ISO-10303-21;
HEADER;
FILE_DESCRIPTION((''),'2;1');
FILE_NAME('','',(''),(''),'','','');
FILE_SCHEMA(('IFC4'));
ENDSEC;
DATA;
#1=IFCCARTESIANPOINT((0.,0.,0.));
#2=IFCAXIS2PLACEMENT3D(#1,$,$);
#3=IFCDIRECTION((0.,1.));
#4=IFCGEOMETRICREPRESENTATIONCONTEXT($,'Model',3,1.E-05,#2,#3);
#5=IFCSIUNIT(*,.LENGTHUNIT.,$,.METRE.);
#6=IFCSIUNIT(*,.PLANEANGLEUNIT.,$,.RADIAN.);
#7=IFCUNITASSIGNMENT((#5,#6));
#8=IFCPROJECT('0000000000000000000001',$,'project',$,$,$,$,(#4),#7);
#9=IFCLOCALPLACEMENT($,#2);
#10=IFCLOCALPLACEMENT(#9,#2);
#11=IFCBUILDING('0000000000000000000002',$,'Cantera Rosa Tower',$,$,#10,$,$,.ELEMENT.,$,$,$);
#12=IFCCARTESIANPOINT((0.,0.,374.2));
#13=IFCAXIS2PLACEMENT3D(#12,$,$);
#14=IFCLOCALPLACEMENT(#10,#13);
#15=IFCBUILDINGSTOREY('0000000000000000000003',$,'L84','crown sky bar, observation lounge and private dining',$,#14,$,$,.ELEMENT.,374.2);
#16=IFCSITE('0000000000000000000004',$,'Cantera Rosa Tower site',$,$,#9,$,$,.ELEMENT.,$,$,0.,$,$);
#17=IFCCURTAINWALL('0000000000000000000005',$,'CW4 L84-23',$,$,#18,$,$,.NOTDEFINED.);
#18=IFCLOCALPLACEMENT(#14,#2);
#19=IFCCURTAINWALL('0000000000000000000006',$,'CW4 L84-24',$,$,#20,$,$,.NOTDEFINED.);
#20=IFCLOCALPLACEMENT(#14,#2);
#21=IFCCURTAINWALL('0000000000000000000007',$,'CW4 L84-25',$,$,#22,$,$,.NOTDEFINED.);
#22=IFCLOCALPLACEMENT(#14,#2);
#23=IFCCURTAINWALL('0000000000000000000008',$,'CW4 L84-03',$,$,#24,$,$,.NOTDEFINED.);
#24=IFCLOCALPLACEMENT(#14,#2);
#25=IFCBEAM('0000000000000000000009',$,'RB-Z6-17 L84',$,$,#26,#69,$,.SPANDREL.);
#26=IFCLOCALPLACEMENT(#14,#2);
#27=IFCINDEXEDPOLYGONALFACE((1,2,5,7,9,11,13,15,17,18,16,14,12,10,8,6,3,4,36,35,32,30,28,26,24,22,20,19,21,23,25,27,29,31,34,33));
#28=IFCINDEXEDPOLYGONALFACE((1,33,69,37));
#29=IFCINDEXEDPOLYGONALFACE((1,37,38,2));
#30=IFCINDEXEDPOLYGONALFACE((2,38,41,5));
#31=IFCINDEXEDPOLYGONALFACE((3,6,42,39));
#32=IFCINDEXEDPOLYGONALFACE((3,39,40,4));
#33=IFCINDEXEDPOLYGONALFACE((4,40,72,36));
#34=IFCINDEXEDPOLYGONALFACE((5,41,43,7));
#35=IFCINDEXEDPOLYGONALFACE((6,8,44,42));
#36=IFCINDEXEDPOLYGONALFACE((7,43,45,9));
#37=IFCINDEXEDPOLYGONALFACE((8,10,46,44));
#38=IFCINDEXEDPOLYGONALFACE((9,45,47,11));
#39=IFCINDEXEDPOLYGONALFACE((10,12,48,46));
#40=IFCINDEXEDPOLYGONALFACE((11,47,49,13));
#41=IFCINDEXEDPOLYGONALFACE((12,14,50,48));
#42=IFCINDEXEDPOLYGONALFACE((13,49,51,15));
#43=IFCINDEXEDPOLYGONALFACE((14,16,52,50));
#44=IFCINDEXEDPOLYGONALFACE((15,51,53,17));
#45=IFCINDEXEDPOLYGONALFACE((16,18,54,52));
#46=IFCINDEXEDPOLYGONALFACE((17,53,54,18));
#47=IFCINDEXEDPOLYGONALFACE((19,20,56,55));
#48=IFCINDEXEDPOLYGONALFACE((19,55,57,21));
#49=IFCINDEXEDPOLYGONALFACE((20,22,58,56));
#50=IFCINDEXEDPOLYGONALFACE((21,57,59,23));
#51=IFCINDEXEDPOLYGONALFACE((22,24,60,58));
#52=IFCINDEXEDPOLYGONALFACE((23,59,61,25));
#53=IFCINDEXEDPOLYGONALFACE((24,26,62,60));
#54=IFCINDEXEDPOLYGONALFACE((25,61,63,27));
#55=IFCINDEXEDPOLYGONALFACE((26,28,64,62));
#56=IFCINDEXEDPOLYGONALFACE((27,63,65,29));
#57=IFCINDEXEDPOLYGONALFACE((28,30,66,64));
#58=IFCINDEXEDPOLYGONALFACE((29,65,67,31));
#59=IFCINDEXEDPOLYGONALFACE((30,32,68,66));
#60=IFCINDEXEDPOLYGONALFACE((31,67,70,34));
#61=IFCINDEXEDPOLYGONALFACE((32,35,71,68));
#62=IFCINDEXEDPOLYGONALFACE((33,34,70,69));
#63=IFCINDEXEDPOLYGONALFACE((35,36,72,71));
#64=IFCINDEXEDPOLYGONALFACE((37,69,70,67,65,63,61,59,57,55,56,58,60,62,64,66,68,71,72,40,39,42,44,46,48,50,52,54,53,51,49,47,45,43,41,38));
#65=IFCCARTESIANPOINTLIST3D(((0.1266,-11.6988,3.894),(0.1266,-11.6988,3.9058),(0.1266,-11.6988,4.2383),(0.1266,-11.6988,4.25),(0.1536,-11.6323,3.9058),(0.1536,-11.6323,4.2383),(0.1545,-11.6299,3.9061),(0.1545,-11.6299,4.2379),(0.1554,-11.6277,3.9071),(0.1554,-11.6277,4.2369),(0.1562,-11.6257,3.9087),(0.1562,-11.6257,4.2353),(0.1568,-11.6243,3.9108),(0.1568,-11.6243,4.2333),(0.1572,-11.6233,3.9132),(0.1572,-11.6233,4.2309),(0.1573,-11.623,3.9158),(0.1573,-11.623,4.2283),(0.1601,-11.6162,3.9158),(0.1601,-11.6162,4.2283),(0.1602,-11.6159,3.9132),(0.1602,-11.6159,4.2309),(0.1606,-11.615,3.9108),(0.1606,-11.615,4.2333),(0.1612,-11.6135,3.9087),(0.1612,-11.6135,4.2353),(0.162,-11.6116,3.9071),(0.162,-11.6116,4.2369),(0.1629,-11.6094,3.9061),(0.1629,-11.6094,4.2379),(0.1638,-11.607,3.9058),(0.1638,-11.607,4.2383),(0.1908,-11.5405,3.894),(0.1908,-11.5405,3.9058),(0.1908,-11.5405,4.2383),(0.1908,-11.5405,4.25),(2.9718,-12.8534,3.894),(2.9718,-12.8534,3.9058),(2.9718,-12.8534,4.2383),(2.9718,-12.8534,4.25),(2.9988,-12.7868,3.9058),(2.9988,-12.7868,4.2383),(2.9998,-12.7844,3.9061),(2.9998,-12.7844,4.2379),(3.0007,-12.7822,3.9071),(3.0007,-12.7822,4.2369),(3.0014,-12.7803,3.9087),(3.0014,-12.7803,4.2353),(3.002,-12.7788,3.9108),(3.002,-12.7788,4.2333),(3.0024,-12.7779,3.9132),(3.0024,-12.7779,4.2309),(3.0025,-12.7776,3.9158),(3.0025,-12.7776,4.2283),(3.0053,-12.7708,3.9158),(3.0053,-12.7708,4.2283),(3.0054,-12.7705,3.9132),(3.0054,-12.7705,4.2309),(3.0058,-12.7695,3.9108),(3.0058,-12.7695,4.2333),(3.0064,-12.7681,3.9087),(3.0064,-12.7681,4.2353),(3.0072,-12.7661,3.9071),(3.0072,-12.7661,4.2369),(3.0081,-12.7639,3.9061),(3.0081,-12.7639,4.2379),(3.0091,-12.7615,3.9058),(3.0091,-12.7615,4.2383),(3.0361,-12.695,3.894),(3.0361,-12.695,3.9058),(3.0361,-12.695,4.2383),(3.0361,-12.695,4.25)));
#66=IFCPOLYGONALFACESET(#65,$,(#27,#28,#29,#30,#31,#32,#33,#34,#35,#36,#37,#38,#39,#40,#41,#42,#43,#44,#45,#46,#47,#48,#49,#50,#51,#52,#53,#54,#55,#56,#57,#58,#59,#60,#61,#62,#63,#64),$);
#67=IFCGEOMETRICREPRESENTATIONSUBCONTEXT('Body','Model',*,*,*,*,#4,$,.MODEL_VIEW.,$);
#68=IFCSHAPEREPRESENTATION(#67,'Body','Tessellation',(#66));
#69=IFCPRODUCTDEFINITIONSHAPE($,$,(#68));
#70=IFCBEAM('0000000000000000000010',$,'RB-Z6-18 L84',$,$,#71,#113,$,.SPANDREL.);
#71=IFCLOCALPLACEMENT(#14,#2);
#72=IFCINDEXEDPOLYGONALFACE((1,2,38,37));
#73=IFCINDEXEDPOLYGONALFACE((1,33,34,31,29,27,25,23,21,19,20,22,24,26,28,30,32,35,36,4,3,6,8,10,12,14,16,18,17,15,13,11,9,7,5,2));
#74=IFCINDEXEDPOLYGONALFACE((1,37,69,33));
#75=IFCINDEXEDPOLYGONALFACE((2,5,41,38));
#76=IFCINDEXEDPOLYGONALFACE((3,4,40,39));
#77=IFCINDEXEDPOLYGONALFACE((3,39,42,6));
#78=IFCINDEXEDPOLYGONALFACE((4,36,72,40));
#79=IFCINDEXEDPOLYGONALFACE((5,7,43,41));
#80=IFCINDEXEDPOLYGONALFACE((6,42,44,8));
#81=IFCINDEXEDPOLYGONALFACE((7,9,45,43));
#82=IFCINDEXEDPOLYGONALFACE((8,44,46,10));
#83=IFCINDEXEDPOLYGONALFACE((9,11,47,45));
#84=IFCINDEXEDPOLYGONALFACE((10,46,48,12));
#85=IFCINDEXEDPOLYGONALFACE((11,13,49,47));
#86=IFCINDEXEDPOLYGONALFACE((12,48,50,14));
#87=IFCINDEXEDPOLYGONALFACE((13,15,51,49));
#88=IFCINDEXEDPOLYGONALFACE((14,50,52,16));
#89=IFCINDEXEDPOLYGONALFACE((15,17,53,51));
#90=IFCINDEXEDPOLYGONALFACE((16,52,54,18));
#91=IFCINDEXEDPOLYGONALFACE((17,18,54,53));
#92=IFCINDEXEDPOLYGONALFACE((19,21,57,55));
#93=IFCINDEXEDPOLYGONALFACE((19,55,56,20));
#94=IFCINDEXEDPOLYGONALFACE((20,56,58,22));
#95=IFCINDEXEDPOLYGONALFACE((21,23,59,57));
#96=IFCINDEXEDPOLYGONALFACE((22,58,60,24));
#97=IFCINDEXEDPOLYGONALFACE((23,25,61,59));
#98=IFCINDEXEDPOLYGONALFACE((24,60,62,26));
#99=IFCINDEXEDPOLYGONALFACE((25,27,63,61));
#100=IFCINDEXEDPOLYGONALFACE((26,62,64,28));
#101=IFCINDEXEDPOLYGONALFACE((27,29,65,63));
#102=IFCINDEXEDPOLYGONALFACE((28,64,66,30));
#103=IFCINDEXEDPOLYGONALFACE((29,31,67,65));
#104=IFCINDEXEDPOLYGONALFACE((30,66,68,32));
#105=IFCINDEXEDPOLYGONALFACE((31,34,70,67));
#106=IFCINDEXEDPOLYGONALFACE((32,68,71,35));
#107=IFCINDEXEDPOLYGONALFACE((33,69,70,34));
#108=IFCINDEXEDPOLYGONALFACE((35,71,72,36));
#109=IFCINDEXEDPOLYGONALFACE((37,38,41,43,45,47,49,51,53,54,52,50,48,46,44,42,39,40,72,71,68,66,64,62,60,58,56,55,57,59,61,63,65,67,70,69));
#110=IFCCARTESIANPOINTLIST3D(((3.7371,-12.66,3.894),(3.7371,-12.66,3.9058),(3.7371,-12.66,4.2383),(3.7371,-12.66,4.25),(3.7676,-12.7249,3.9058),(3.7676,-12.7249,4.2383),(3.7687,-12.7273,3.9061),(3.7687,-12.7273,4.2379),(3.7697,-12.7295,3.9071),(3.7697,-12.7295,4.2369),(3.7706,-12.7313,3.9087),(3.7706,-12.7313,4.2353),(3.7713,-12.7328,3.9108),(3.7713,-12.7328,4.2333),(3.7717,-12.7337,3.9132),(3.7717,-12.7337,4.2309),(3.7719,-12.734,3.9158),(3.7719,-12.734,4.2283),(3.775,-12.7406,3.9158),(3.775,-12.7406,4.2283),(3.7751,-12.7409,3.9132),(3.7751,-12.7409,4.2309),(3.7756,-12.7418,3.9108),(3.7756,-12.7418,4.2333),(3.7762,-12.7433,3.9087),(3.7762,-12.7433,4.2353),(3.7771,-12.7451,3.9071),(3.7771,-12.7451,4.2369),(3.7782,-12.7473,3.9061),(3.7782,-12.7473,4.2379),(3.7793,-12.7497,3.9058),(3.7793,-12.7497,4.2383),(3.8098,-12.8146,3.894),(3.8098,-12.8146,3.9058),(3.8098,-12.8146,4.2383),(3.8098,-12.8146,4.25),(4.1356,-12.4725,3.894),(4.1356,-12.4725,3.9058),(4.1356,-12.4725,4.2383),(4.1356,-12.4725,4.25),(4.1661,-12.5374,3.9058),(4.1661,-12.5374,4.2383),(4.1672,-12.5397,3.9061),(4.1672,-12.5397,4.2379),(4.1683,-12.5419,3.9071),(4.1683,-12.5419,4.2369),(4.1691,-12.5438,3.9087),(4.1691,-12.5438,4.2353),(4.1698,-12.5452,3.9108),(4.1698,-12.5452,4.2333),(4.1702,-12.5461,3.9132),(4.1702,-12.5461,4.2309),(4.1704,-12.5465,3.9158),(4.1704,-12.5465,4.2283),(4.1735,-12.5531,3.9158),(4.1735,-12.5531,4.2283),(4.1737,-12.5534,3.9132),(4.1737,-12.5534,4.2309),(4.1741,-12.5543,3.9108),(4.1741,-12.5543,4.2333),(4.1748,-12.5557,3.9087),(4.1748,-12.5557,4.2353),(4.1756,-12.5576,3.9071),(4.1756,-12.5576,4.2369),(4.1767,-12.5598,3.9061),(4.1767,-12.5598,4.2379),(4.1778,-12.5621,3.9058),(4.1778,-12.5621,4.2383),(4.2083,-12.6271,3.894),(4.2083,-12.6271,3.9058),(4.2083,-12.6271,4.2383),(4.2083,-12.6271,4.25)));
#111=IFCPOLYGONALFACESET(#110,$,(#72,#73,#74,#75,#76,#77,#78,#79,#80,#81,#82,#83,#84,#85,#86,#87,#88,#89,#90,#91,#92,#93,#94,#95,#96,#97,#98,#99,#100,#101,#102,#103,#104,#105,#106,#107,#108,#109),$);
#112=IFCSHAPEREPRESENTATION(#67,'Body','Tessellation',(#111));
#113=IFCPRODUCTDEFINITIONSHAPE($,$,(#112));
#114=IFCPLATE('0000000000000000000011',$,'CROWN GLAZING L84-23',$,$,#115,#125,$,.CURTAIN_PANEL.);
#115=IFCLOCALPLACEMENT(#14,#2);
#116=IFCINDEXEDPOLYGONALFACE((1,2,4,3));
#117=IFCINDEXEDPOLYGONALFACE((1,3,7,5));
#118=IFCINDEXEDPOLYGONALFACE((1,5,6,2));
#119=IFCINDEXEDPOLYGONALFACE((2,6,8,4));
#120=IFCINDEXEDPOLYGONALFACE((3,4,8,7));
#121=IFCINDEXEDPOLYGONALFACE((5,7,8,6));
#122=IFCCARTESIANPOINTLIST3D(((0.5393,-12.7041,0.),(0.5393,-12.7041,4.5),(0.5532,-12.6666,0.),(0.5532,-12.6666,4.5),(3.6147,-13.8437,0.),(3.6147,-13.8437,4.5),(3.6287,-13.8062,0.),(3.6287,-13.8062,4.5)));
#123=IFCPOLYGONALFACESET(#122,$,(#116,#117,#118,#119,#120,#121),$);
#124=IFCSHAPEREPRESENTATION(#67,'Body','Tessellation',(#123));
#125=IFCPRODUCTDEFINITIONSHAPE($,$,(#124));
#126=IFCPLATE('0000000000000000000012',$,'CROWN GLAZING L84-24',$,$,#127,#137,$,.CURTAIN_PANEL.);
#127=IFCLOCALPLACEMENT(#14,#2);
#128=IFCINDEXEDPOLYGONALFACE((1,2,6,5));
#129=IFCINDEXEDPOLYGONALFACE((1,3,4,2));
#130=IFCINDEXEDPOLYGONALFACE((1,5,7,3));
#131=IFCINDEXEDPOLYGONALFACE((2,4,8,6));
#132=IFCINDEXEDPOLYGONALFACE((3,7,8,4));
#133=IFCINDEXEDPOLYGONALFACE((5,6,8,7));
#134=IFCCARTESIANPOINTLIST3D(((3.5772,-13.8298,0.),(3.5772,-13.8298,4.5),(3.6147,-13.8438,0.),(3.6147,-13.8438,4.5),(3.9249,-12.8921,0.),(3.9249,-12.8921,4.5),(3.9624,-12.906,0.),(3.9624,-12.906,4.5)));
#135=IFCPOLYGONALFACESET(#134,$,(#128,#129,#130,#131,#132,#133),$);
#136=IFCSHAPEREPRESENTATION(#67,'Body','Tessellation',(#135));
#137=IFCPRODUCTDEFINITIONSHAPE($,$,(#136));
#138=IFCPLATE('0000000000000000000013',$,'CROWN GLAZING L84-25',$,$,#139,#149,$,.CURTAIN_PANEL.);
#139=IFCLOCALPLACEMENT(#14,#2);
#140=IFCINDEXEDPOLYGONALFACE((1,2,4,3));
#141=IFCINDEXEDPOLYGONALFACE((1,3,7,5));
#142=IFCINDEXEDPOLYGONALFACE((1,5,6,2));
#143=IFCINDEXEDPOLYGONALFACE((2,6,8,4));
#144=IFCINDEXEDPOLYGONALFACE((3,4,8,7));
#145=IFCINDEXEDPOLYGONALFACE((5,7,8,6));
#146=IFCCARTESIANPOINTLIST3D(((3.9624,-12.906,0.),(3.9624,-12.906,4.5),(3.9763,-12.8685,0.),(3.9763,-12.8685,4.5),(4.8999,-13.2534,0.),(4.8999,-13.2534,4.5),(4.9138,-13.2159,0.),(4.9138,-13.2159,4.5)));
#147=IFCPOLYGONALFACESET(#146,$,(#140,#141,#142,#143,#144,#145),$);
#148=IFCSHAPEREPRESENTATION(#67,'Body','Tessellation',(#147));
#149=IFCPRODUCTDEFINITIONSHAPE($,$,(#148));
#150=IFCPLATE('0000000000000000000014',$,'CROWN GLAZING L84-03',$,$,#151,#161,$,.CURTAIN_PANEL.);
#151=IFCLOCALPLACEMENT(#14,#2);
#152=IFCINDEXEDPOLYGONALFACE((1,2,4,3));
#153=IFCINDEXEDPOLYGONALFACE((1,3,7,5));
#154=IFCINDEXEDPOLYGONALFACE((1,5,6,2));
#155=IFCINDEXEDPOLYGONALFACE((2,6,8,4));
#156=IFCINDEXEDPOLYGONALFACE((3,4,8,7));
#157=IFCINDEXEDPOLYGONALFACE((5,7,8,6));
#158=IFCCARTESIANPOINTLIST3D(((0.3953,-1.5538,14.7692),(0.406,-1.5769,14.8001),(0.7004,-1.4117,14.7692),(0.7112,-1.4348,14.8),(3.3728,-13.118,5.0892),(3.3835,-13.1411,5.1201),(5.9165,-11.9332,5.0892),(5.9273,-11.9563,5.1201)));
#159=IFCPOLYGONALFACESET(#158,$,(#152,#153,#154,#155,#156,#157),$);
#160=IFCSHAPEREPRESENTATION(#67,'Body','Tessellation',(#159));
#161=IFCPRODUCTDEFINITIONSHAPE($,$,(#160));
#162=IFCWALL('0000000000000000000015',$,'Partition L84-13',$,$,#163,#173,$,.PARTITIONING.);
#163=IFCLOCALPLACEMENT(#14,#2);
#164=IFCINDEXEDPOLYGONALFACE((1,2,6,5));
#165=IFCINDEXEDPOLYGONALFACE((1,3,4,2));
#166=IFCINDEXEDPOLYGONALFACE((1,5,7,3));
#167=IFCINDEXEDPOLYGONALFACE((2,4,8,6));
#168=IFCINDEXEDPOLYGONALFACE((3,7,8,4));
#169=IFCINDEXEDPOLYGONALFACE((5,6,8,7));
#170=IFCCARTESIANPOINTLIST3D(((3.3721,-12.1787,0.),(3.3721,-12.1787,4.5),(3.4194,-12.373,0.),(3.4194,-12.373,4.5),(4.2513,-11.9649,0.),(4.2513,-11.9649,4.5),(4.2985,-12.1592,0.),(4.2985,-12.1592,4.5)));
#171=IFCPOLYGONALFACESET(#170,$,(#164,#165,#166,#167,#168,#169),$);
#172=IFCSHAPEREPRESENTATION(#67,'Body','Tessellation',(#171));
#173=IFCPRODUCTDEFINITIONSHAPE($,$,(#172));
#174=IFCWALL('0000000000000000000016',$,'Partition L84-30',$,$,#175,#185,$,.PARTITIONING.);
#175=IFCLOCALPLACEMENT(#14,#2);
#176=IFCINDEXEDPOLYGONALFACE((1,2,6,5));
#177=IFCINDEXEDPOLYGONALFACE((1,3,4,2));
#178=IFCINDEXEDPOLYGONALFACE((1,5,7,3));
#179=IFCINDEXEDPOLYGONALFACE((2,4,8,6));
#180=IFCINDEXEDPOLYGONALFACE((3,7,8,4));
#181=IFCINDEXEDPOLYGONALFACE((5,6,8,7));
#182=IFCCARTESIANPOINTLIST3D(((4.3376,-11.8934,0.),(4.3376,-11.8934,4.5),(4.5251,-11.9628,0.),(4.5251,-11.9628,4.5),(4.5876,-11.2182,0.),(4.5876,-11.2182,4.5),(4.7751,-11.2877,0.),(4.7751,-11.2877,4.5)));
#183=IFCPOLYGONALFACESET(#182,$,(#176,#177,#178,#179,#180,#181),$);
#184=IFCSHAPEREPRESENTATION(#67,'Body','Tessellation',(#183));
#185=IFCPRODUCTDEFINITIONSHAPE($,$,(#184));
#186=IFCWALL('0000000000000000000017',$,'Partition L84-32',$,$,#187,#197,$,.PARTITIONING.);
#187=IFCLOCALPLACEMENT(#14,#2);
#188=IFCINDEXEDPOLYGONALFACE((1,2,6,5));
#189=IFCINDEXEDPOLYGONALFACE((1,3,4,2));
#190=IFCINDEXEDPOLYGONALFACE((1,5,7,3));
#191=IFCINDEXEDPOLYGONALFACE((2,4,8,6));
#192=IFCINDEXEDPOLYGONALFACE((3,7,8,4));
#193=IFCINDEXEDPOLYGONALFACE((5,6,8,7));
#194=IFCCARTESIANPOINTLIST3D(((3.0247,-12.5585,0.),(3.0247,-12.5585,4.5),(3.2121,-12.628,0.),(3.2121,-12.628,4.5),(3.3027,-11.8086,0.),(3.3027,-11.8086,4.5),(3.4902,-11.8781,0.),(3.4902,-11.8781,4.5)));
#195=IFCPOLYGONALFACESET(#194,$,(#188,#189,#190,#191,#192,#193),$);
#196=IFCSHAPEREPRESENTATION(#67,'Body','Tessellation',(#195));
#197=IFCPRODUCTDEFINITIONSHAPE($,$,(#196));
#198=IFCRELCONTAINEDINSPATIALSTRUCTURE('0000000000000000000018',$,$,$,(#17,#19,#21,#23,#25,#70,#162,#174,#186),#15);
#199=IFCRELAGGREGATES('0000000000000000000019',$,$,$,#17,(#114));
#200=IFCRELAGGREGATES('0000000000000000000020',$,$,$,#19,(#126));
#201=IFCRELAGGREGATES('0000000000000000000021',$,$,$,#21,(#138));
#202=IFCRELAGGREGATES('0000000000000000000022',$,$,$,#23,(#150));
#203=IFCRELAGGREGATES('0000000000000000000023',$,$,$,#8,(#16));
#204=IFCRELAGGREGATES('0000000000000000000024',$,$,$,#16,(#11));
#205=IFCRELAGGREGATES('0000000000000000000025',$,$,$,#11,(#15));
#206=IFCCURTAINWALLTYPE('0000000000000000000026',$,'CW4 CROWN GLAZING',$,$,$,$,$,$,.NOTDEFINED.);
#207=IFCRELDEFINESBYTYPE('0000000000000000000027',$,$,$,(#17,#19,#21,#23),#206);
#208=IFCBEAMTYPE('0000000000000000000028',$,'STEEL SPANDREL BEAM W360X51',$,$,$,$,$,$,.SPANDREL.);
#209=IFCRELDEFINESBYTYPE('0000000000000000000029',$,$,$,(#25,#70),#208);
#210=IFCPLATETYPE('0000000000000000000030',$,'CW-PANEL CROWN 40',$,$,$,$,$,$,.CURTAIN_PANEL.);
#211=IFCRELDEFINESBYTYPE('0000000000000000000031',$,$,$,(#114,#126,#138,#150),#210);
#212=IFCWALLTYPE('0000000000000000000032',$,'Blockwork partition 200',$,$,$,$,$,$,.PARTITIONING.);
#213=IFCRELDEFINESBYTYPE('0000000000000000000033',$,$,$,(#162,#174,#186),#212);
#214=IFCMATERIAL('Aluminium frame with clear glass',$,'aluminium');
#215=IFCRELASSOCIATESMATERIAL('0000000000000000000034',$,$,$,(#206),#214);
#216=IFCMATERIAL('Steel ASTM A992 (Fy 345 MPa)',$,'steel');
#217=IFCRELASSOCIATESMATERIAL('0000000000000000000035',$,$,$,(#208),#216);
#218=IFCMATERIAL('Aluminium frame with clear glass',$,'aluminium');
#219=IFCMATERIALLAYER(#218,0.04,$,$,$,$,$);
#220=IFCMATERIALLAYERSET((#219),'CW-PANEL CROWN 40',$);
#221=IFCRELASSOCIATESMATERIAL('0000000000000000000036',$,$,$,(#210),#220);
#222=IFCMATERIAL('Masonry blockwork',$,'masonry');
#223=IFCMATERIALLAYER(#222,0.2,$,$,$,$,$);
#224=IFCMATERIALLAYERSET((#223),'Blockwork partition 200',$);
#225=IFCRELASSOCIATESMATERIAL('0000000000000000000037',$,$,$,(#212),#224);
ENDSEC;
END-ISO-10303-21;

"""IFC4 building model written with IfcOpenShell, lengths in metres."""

from ifc_helpers import new_model, si_unit, direction, frame, frame_2d, origin, origin_2d, place, context, subcontext, project, spatial, polyline, rectangle, i_section, outline, extrude, material, layer, layer_set, material_profile, profile_set, type_object, element, aggregate, save


model = new_model("IFC4")

# Units and contexts
model_context = context("Model", 3, precision=1e-05, world=origin(), true_north=direction((0.0, 1.0)))
body_context = subcontext(model_context, "Body", "Model", "MODEL_VIEW")
ifc_project = project(units=[si_unit("LENGTHUNIT", "METRE"), si_unit("PLANEANGLEUNIT", "RADIAN")], contexts=[model_context])

# Site, building, storey
site_placement = place(None, origin())
site = spatial("IfcSite", under=ifc_project, at=site_placement, Name="Cantera Rosa Tower site", CompositionType="ELEMENT", RefElevation=0.0)
building_placement = place(site_placement, origin())
building = spatial("IfcBuilding", under=site, at=building_placement, Name="Cantera Rosa Tower", CompositionType="ELEMENT")
storey_placement = place(building_placement, frame((0.0, 0.0, 374.2)))
storey = spatial("IfcBuildingStorey", under=building, at=storey_placement, Name="L84", Description="crown sky bar, observation lounge and private dining", CompositionType="ELEMENT", Elevation=374.2)

# Curtain walls
ifc_material_1 = material(Name="Aluminium frame with clear glass", Category="aluminium")
curtain_wall_type = type_object("IfcCurtainWallType", Name="CW4 CROWN GLAZING", PredefinedType="NOTDEFINED", material=ifc_material_1)
curtain_wall_1_placement = place(storey_placement, origin())
curtain_wall_1 = element("IfcCurtainWall", 1, at=curtain_wall_1_placement, inside=storey, type_object=curtain_wall_type, Name="CW4 L84-23", PredefinedType="NOTDEFINED")
curtain_wall_2_placement = place(storey_placement, origin())
curtain_wall_2 = element("IfcCurtainWall", 2, at=curtain_wall_2_placement, inside=storey, type_object=curtain_wall_type, Name="CW4 L84-24", PredefinedType="NOTDEFINED")
curtain_wall_3_placement = place(storey_placement, origin())
curtain_wall_3 = element("IfcCurtainWall", 3, at=curtain_wall_3_placement, inside=storey, type_object=curtain_wall_type, Name="CW4 L84-25", PredefinedType="NOTDEFINED")

# Curtain wall
curtain_wall_4_placement = place(storey_placement, origin())
curtain_wall_4 = element("IfcCurtainWall", 4, at=curtain_wall_4_placement, inside=storey, type_object=curtain_wall_type, Name="CW4 L84-03", PredefinedType="NOTDEFINED")

# Beams
ifc_material_2 = material(Name="Steel ASTM A992 (Fy 345 MPa)", Category="steel")
ifc_material_profile_1 = material_profile(ifc_material_2, i_section(OverallWidth=0.1709, OverallDepth=0.356, WebThickness=0.0073, FlangeThickness=0.0117, FilletRadius=0.01, at=origin_2d()), Name="W360X51")
ifc_profile_set_1 = profile_set([ifc_material_profile_1], Name="Steel ASTM A992 (Fy 345 MPa)")
beam_type_1 = type_object("IfcBeamType", Name="STEEL SPANDREL BEAM W360X51", PredefinedType="SPANDREL", material=ifc_profile_set_1)
beam_1_placement = place(storey_placement, frame((0.1587, -11.6196, 4.072), z_axis=(0.926617, -0.376006, 0.0), x_axis=(0.376006, 0.926617, 0.0)))
element("IfcBeam", 5, at=beam_1_placement, inside=storey, type_object=beam_type_1, Name="RB-Z6-17 L84", PredefinedType="SPANDREL", context=body_context, shape_type="SweptSolid", body=[
    extrude(i_section(OverallWidth=0.1709, OverallDepth=0.356, WebThickness=0.0073, FlangeThickness=0.0117, FilletRadius=0.01, at=origin_2d()), origin(), (0.0, 0.0, 1.0), 3.0706),
])
beam_2_placement = place(storey_placement, frame((3.7734, -12.7373, 4.072), z_axis=(0.904819, 0.425797, 0.0), x_axis=(-0.425797, 0.904819, 0.0)))
element("IfcBeam", 6, at=beam_2_placement, inside=storey, type_object=beam_type_1, Name="RB-Z6-18 L84", PredefinedType="SPANDREL", context=body_context, shape_type="SweptSolid", body=[
    extrude(i_section(OverallWidth=0.1709, OverallDepth=0.356, WebThickness=0.0073, FlangeThickness=0.0117, FilletRadius=0.01, at=origin_2d()), origin(), (0.0, 0.0, 1.0), 0.4404),
])

# Plates
ifc_material_3 = material(Name="Aluminium frame with clear glass", Category="aluminium")
ifc_layer_1 = layer(ifc_material_3, 0.04)
ifc_layer_set_1 = layer_set([ifc_layer_1], Name="CW-PANEL CROWN 40")
plate_type = type_object("IfcPlateType", Name="CW-PANEL CROWN 40", PredefinedType="CURTAIN_PANEL", material=ifc_layer_set_1)
plate_1_placement = place(storey_placement, frame((0.5393, -12.7041, 0.0), z_axis=(-0.347474, -0.937689, 0.0), x_axis=(0.937689, -0.347474, 0.0)))
plate_1 = element("IfcPlate", 7, at=plate_1_placement, type_object=plate_type, Name="CROWN GLAZING L84-23", PredefinedType="CURTAIN_PANEL", context=body_context, shape_type="SweptSolid", body=[
    extrude(outline(polyline([(0.0, 0.0), (3.2798, 0.0), (3.2798, 4.5), (0.0, 4.5), (0.0, 0.0)])), origin(), (0.0, 0.0, -1.0), 0.04),
])
plate_2_placement = place(storey_placement, frame((3.6147, -13.8438, 0.0), z_axis=(0.937637, -0.347616, 0.0), x_axis=(0.347616, 0.937637, 0.0)))
plate_2 = element("IfcPlate", 8, at=plate_2_placement, type_object=plate_type, Name="CROWN GLAZING L84-24", PredefinedType="CURTAIN_PANEL", context=body_context, shape_type="SweptSolid", body=[
    extrude(outline(polyline([(0.0, 0.0), (1.0001, 0.0), (1.0001, 4.5), (0.0, 4.5), (0.0, 0.0)])), origin(), (0.0, 0.0, -1.0), 0.04),
])
plate_3_placement = place(storey_placement, frame((3.9624, -12.906, 0.0), z_axis=(-0.347481, -0.937687, 0.0), x_axis=(0.937687, -0.347481, 0.0)))
plate_3 = element("IfcPlate", 9, at=plate_3_placement, type_object=plate_type, Name="CROWN GLAZING L84-25", PredefinedType="CURTAIN_PANEL", context=body_context, shape_type="SweptSolid", body=[
    extrude(outline(polyline([(0.0, 0.0), (0.9998, 0.0), (0.9998, 4.5), (0.0, 4.5), (0.0, 0.0)])), origin(), (0.0, 0.0, -1.0), 0.04),
])
plate_4_placement = place(storey_placement, frame((3.3835, -13.1411, 5.1201), z_axis=(0.268597, -0.576681, 0.771554), x_axis=(0.906492, 0.422222, 0.000008)))
plate_4 = element("IfcPlate", 10, at=plate_4_placement, type_object=plate_type, Name="CROWN GLAZING L84-03", PredefinedType="CURTAIN_PANEL", context=body_context, shape_type="SweptSolid", body=[
    extrude(outline(polyline([(0.0, 0.0), (2.8061, 0.0), (2.5203, 15.2161), (2.1836, 15.2161), (0.0, 0.0)])), origin(), (0.0, 0.0, -1.0), 0.04),
])

# Walls
ifc_material_4 = material(Name="Masonry blockwork", Category="masonry")
ifc_layer_2 = layer(ifc_material_4, 0.2)
ifc_layer_set_2 = layer_set([ifc_layer_2], Name="Blockwork partition 200")
wall_type_1 = type_object("IfcWallType", Name="Blockwork partition 200", PredefinedType="PARTITIONING", material=ifc_layer_set_2)
wall_1_placement = place(storey_placement, frame((4.2749, -12.062, 0.0), z_axis=(0.0, 0.0, 1.0), x_axis=(-0.971663, -0.236372, 0.0)))
element("IfcWall", 11, at=wall_1_placement, inside=storey, type_object=wall_type_1, Name="Partition L84-13", PredefinedType="PARTITIONING", context=body_context, shape_type="SweptSolid", body=[
    extrude(rectangle(XDim=0.9048, YDim=0.2, at=frame_2d((0.4524, 0.0))), origin(), (0.0, 0.0, 1.0), 4.5),
])
wall_2_placement = place(storey_placement, frame((4.4314, -11.928, 0.0), z_axis=(0.0, 0.0, 1.0), x_axis=(0.347292, 0.937757, 0.0)))
element("IfcWall", 12, at=wall_2_placement, inside=storey, type_object=wall_type_1, Name="Partition L84-30", PredefinedType="PARTITIONING", context=body_context, shape_type="SweptSolid", body=[
    extrude(rectangle(XDim=0.72, YDim=0.2, at=frame_2d((0.3599, 0.0))), origin(), (0.0, 0.0, 1.0), 4.5),
])
wall_3_placement = place(storey_placement, frame((3.1184, -12.5933, 0.0), z_axis=(0.0, 0.0, 1.0), x_axis=(0.347642, 0.937627, 0.0)))
element("IfcWall", 13, at=wall_3_placement, inside=storey, type_object=wall_type_1, Name="Partition L84-32", PredefinedType="PARTITIONING", context=body_context, shape_type="SweptSolid", body=[
    extrude(rectangle(XDim=0.7998, YDim=0.2, at=frame_2d((0.3999, 0.0))), origin(), (0.0, 0.0, 1.0), 4.5),
])

aggregate(curtain_wall_1, [plate_1])
aggregate(curtain_wall_2, [plate_2])
aggregate(curtain_wall_3, [plate_3])
aggregate(curtain_wall_4, [plate_4])

save(model, "model.ifc")
